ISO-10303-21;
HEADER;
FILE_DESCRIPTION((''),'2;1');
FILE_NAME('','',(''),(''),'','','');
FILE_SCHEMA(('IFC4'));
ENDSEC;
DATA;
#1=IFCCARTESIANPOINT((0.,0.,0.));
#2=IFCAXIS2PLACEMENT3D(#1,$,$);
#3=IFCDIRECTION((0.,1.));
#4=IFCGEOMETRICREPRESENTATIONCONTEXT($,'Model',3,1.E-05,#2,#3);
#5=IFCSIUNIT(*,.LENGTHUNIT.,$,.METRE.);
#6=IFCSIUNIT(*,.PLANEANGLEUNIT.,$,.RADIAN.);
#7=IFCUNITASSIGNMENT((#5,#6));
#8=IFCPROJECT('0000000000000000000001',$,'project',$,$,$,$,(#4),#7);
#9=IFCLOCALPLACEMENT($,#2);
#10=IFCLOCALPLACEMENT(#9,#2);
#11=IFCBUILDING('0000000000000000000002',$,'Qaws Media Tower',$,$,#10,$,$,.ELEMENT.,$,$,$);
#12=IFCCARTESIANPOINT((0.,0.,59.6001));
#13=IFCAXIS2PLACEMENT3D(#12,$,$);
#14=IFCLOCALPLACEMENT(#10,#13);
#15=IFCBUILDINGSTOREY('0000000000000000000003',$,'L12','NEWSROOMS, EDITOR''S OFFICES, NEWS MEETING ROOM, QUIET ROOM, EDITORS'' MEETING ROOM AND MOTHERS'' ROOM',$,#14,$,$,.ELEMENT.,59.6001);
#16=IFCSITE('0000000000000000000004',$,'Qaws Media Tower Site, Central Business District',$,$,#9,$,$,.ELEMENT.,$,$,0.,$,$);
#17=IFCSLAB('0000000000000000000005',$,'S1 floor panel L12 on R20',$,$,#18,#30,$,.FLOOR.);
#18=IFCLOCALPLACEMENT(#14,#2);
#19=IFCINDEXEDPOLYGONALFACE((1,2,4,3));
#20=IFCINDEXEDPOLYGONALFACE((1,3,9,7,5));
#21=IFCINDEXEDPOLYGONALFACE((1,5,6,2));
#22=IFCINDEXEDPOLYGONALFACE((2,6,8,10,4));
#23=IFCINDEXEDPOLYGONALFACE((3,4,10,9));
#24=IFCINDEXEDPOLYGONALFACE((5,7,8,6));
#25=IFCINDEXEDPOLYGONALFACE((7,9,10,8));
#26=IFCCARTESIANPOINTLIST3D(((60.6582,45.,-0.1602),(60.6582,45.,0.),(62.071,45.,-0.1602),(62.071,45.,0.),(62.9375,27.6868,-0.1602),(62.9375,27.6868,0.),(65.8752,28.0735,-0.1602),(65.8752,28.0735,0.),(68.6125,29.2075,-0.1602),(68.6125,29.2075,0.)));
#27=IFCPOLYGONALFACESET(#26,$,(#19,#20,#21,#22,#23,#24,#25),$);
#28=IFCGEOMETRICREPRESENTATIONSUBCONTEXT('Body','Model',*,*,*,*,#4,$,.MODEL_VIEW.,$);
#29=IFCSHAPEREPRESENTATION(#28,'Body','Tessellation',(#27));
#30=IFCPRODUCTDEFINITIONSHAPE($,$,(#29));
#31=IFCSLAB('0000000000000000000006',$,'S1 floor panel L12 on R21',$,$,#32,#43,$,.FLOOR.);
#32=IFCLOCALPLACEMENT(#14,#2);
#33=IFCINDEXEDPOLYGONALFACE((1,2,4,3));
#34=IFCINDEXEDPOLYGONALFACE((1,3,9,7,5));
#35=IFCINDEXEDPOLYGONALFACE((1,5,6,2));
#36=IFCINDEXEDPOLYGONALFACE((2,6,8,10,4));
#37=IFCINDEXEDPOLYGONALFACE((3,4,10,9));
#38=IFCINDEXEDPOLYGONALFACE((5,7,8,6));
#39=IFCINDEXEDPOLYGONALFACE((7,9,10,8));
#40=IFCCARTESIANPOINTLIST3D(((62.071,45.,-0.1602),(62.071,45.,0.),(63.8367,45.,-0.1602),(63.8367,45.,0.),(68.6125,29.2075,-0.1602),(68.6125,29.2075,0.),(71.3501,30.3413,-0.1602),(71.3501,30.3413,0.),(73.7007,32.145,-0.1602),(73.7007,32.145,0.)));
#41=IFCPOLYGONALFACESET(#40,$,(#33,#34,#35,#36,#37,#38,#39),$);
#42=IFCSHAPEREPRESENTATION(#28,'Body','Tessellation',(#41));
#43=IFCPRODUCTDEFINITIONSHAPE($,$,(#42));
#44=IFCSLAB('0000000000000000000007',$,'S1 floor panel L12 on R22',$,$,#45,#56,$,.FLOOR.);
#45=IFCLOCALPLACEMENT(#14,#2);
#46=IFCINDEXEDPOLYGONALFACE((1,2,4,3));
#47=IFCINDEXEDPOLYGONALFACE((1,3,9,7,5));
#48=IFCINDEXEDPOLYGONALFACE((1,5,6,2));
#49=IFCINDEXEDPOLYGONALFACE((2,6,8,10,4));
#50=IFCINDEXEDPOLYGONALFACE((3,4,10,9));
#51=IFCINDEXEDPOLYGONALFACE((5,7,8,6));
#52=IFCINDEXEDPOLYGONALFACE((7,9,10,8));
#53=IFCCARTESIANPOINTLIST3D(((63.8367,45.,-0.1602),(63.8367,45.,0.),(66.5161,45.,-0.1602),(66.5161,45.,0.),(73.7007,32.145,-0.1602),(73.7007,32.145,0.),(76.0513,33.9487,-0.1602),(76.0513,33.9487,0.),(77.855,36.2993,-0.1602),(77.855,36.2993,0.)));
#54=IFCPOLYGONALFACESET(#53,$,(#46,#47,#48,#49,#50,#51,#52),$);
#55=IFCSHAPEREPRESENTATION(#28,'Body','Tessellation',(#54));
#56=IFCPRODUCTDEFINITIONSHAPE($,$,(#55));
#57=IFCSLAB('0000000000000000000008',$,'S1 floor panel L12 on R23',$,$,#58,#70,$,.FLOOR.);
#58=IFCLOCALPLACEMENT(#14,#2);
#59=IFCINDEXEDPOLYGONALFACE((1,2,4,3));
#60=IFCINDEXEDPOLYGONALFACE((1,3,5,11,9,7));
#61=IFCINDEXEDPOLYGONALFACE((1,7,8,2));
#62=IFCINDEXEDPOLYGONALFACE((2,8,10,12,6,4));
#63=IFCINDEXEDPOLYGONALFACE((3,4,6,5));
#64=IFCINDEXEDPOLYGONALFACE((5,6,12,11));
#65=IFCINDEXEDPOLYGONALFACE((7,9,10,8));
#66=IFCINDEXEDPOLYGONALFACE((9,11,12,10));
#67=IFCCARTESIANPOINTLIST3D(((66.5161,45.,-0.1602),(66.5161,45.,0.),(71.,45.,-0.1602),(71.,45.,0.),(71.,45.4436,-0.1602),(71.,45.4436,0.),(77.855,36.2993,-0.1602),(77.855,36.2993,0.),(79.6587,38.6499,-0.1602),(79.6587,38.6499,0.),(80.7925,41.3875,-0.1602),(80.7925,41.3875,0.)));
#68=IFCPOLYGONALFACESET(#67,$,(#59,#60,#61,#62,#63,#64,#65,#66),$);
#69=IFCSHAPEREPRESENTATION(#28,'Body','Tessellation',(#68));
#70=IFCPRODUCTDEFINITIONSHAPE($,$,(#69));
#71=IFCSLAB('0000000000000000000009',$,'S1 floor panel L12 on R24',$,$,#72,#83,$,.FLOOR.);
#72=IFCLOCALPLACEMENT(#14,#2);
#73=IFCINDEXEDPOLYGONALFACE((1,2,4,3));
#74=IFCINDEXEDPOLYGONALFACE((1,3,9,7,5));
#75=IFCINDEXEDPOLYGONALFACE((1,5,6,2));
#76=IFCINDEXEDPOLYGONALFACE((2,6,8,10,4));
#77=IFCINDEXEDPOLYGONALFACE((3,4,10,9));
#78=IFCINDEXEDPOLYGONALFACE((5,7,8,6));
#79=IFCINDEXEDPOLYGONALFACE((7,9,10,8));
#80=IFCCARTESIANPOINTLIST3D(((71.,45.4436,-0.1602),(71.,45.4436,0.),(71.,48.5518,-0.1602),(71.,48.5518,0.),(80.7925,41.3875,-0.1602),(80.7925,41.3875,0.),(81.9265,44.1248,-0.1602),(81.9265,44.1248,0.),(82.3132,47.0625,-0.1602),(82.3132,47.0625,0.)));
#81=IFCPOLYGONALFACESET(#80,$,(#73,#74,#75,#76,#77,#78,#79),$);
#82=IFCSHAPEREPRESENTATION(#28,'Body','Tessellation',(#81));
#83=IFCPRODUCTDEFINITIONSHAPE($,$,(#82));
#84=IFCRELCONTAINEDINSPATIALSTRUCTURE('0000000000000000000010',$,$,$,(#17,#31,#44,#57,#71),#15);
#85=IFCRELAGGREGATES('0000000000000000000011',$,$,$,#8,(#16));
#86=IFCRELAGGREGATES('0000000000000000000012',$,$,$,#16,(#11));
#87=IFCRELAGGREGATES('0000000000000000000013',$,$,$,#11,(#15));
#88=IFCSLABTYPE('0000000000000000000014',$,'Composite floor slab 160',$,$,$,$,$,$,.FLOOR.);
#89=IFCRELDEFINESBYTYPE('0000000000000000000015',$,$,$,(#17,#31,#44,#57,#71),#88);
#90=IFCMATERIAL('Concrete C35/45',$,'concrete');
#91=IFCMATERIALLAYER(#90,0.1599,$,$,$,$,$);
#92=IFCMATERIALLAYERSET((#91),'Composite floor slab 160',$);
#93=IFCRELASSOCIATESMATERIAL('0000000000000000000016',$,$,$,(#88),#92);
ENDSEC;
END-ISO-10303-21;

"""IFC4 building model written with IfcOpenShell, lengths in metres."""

from ifc_helpers import new_model, si_unit, direction, frame, origin, place, context, subcontext, project, spatial, polyline, outline, extrude, material, layer, layer_set, type_object, element, save


model = new_model("IFC4")

# Units and contexts
model_context = context("Model", 3, precision=1e-05, world=origin(), true_north=direction((0.0, 1.0)))
body_context = subcontext(model_context, "Body", "Model", "MODEL_VIEW")
ifc_project = project(units=[si_unit("LENGTHUNIT", "METRE"), si_unit("PLANEANGLEUNIT", "RADIAN")], contexts=[model_context])

# Site, building, storey
site_placement = place(None, origin())
site = spatial("IfcSite", under=ifc_project, at=site_placement, Name="Qaws Media Tower Site, Central Business District", CompositionType="ELEMENT", RefElevation=0.0)
building_placement = place(site_placement, origin())
building = spatial("IfcBuilding", under=site, at=building_placement, Name="Qaws Media Tower", CompositionType="ELEMENT")
storey_placement = place(building_placement, frame((0.0, 0.0, 59.6001)))
storey = spatial("IfcBuildingStorey", under=building, at=storey_placement, Name="L12", Description="NEWSROOMS, EDITOR'S OFFICES, NEWS MEETING ROOM, QUIET ROOM, EDITORS' MEETING ROOM AND MOTHERS' ROOM", CompositionType="ELEMENT", Elevation=59.6001)

# Slabs
ifc_material_1 = material(Name="Concrete C35/45", Category="concrete")
ifc_layer_1 = layer(ifc_material_1, 0.1599)
ifc_layer_set_1 = layer_set([ifc_layer_1], Name="Composite floor slab 160")
slab_type_1 = type_object("IfcSlabType", Name="Composite floor slab 160", PredefinedType="FLOOR", material=ifc_layer_set_1)
slab_1_placement = place(storey_placement, frame((0.0, 0.0, -0.1602)))
element("IfcSlab", 1, at=slab_1_placement, inside=storey, type_object=slab_type_1, Name="S1 floor panel L12 on R20", PredefinedType="FLOOR", context=body_context, shape_type="SweptSolid", body=[
    extrude(outline(polyline([(65.8752, 28.0735), (62.9375, 27.6868), (60.6582, 45.0), (62.071, 45.0), (68.6125, 29.2075), (65.8752, 28.0735)])), origin(), (0.0, 0.0, 1.0), 0.1602),
])
slab_2_placement = place(storey_placement, frame((0.0, 0.0, -0.1602)))
element("IfcSlab", 2, at=slab_2_placement, inside=storey, type_object=slab_type_1, Name="S1 floor panel L12 on R21", PredefinedType="FLOOR", context=body_context, shape_type="SweptSolid", body=[
    extrude(outline(polyline([(71.3501, 30.3413), (68.6125, 29.2075), (62.071, 45.0), (63.8367, 45.0), (73.7007, 32.145), (71.3501, 30.3413)])), origin(), (0.0, 0.0, 1.0), 0.1602),
])
slab_3_placement = place(storey_placement, frame((0.0, 0.0, -0.1602)))
element("IfcSlab", 3, at=slab_3_placement, inside=storey, type_object=slab_type_1, Name="S1 floor panel L12 on R22", PredefinedType="FLOOR", context=body_context, shape_type="SweptSolid", body=[
    extrude(outline(polyline([(76.0513, 33.9487), (73.7007, 32.145), (63.8367, 45.0), (66.5161, 45.0), (77.855, 36.2993), (76.0513, 33.9487)])), origin(), (0.0, 0.0, 1.0), 0.1602),
])
slab_4_placement = place(storey_placement, frame((0.0, 0.0, -0.1602)))
element("IfcSlab", 4, at=slab_4_placement, inside=storey, type_object=slab_type_1, Name="S1 floor panel L12 on R23", PredefinedType="FLOOR", context=body_context, shape_type="SweptSolid", body=[
    extrude(outline(polyline([(79.6587, 38.6499), (77.855, 36.2993), (66.5161, 45.0), (71.0, 45.0), (71.0, 45.4436), (80.7925, 41.3875), (79.6587, 38.6499)])), origin(), (0.0, 0.0, 1.0), 0.1602),
])
slab_5_placement = place(storey_placement, frame((0.0, 0.0, -0.1602)))
element("IfcSlab", 5, at=slab_5_placement, inside=storey, type_object=slab_type_1, Name="S1 floor panel L12 on R24", PredefinedType="FLOOR", context=body_context, shape_type="SweptSolid", body=[
    extrude(outline(polyline([(80.7925, 41.3875), (71.0, 45.4436), (71.0, 48.5518), (82.3132, 47.0625), (81.9265, 44.1248), (80.7925, 41.3875)])), origin(), (0.0, 0.0, 1.0), 0.1602),
])

save(model, "model.ifc")
